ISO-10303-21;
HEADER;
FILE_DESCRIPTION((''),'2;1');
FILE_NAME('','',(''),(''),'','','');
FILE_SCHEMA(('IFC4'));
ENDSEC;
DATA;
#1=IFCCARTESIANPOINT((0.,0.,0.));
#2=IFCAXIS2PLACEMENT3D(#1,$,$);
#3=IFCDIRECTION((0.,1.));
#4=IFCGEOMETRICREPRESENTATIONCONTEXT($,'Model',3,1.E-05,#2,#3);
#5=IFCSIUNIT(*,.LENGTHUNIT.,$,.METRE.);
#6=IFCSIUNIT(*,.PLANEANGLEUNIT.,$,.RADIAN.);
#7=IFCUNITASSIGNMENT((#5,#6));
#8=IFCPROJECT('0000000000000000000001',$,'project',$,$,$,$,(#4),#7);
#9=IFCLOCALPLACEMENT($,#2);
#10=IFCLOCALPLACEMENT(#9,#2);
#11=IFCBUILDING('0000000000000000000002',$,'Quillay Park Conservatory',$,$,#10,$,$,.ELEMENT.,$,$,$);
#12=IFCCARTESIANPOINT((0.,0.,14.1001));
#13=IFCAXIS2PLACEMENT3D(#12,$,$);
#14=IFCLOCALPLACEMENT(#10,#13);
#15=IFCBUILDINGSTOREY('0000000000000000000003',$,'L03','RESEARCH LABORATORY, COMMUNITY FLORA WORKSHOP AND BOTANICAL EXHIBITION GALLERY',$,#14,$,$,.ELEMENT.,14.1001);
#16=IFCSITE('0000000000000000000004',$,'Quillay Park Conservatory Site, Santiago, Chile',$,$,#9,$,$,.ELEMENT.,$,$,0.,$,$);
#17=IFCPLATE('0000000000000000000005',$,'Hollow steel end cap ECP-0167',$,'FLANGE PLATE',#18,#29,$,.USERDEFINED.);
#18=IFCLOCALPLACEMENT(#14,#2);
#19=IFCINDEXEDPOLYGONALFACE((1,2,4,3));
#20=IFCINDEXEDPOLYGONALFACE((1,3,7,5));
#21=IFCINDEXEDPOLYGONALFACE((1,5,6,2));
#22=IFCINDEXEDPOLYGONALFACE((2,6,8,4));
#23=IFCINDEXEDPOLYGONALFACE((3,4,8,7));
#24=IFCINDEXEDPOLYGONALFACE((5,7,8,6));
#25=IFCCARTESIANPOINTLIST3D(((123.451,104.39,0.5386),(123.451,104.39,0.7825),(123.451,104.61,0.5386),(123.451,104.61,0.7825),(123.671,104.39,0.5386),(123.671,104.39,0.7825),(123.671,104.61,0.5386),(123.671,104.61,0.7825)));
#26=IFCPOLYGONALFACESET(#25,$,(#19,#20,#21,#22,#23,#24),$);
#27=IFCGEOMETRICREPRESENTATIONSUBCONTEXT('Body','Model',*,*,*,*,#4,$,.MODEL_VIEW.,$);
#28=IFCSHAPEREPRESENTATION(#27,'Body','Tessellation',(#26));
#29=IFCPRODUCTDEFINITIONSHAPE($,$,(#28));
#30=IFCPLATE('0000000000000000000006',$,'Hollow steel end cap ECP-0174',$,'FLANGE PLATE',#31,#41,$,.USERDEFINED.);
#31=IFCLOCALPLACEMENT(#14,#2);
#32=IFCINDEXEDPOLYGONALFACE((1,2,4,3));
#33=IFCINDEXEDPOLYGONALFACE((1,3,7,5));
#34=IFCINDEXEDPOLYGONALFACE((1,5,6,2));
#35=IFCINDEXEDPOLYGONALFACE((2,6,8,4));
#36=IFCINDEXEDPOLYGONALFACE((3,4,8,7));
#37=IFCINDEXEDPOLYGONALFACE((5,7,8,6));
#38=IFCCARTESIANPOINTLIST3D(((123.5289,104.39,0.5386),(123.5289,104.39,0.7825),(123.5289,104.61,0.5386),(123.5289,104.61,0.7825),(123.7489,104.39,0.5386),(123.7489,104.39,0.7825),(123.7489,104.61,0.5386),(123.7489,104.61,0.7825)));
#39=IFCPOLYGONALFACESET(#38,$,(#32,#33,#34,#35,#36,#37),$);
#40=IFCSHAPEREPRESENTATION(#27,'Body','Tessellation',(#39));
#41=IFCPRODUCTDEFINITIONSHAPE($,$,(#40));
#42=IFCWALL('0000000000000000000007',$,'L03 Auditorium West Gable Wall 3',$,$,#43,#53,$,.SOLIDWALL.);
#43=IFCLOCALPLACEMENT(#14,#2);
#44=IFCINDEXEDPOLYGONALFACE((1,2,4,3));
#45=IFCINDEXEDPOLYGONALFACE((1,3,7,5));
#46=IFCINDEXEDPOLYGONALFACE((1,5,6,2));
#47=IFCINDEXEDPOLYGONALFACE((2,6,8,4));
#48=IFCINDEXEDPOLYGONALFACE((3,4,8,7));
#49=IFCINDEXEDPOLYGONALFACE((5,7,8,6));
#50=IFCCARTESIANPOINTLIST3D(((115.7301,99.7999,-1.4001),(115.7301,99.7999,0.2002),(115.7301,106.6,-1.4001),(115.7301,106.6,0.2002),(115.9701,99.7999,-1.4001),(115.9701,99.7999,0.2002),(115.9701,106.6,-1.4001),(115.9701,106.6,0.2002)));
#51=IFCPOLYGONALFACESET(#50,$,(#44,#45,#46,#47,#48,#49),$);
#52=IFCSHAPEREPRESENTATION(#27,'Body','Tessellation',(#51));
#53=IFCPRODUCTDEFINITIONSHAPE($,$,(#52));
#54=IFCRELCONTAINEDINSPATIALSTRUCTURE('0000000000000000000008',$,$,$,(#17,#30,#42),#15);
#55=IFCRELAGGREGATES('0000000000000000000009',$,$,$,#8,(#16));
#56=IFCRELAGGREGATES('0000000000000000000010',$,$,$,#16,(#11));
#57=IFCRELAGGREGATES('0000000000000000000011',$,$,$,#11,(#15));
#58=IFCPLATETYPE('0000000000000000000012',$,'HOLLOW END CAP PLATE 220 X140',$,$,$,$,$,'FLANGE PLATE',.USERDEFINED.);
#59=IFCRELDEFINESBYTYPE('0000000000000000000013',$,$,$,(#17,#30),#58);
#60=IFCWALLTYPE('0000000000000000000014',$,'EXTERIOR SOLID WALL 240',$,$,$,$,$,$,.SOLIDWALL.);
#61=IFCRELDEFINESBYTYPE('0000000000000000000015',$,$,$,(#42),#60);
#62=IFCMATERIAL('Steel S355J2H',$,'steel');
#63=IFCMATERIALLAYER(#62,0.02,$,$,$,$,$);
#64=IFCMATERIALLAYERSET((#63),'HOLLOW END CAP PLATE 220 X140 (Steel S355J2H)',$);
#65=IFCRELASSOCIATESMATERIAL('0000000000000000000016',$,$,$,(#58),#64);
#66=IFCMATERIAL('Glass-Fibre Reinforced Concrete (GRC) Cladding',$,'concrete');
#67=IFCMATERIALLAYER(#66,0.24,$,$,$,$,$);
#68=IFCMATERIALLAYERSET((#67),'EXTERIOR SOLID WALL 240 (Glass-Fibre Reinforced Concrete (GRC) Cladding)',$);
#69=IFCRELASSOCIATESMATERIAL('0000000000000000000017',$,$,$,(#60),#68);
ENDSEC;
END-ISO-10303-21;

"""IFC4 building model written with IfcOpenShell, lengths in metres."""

from ifc_helpers import new_model, si_unit, direction, frame, frame_2d, origin, origin_2d, place, context, subcontext, project, spatial, rectangle, extrude, material, layer, layer_set, type_object, element, save


model = new_model("IFC4")

# Units and contexts
model_context = context("Model", 3, precision=1e-05, world=origin(), true_north=direction((0.0, 1.0)))
body_context = subcontext(model_context, "Body", "Model", "MODEL_VIEW")
ifc_project = project(units=[si_unit("LENGTHUNIT", "METRE"), si_unit("PLANEANGLEUNIT", "RADIAN")], contexts=[model_context])

# Site, building, storey
site_placement = place(None, origin())
site = spatial("IfcSite", under=ifc_project, at=site_placement, Name="Quillay Park Conservatory Site, Santiago, Chile", CompositionType="ELEMENT", RefElevation=0.0)
building_placement = place(site_placement, origin())
building = spatial("IfcBuilding", under=site, at=building_placement, Name="Quillay Park Conservatory", CompositionType="ELEMENT")
storey_placement = place(building_placement, frame((0.0, 0.0, 14.1001)))
storey = spatial("IfcBuildingStorey", under=building, at=storey_placement, Name="L03", Description="RESEARCH LABORATORY, COMMUNITY FLORA WORKSHOP AND BOTANICAL EXHIBITION GALLERY", CompositionType="ELEMENT", Elevation=14.1001)

# Plates
ifc_material_1 = material(Name="Steel S355J2H", Category="steel")
ifc_layer_1 = layer(ifc_material_1, 0.02)
ifc_layer_set_1 = layer_set([ifc_layer_1], Name="HOLLOW END CAP PLATE 220 X140 (Steel S355J2H)")
plate_type_1 = type_object("IfcPlateType", Name="HOLLOW END CAP PLATE 220 X140", ElementType="FLANGE PLATE", PredefinedType="USERDEFINED", material=ifc_layer_set_1)
for number, where, z_axis, x_axis, name in (
    (1, (123.561, 104.5, 0.5386), (0.0, 0.0, 1.0), (1.0, 0.0, 0.0), "Hollow steel end cap ECP-0167"),
    (2, (123.6389, 104.5, 0.5386), (0.0, 0.0, 1.0), (1.0, 0.0, 0.0), "Hollow steel end cap ECP-0174"),
):
    element("IfcPlate", number, at=place(storey_placement, frame(where, z_axis=z_axis, x_axis=x_axis)), inside=storey, type_object=plate_type_1, Name=name, ObjectType="FLANGE PLATE", PredefinedType="USERDEFINED", context=body_context, shape_type="SweptSolid", body=[
        extrude(rectangle(XDim=0.22, YDim=0.22, at=origin_2d()), origin(), (0.0, 0.0, 1.0), 0.2439),
    ])

# Wall
ifc_material_2 = material(Name="Glass-Fibre Reinforced Concrete (GRC) Cladding", Category="concrete")
ifc_layer_2 = layer(ifc_material_2, 0.24)
ifc_layer_set_2 = layer_set([ifc_layer_2], Name="EXTERIOR SOLID WALL 240 (Glass-Fibre Reinforced Concrete (GRC) Cladding)")
wall_type = type_object("IfcWallType", Name="EXTERIOR SOLID WALL 240", PredefinedType="SOLIDWALL", material=ifc_layer_set_2)
wall_placement = place(storey_placement, frame((115.8501, 99.8, -1.4001), z_axis=(0.0, 0.0, 1.0), x_axis=(0.0, 1.0, 0.0)))
element("IfcWall", 3, at=wall_placement, inside=storey, type_object=wall_type, Name="L03 Auditorium West Gable Wall 3", PredefinedType="SOLIDWALL", context=body_context, shape_type="SweptSolid", body=[
    extrude(rectangle(XDim=6.8, YDim=0.24, at=frame_2d((3.3999, 0.0))), origin(), (0.0, 0.0, 1.0), 1.6003),
])

save(model, "model.ifc")
